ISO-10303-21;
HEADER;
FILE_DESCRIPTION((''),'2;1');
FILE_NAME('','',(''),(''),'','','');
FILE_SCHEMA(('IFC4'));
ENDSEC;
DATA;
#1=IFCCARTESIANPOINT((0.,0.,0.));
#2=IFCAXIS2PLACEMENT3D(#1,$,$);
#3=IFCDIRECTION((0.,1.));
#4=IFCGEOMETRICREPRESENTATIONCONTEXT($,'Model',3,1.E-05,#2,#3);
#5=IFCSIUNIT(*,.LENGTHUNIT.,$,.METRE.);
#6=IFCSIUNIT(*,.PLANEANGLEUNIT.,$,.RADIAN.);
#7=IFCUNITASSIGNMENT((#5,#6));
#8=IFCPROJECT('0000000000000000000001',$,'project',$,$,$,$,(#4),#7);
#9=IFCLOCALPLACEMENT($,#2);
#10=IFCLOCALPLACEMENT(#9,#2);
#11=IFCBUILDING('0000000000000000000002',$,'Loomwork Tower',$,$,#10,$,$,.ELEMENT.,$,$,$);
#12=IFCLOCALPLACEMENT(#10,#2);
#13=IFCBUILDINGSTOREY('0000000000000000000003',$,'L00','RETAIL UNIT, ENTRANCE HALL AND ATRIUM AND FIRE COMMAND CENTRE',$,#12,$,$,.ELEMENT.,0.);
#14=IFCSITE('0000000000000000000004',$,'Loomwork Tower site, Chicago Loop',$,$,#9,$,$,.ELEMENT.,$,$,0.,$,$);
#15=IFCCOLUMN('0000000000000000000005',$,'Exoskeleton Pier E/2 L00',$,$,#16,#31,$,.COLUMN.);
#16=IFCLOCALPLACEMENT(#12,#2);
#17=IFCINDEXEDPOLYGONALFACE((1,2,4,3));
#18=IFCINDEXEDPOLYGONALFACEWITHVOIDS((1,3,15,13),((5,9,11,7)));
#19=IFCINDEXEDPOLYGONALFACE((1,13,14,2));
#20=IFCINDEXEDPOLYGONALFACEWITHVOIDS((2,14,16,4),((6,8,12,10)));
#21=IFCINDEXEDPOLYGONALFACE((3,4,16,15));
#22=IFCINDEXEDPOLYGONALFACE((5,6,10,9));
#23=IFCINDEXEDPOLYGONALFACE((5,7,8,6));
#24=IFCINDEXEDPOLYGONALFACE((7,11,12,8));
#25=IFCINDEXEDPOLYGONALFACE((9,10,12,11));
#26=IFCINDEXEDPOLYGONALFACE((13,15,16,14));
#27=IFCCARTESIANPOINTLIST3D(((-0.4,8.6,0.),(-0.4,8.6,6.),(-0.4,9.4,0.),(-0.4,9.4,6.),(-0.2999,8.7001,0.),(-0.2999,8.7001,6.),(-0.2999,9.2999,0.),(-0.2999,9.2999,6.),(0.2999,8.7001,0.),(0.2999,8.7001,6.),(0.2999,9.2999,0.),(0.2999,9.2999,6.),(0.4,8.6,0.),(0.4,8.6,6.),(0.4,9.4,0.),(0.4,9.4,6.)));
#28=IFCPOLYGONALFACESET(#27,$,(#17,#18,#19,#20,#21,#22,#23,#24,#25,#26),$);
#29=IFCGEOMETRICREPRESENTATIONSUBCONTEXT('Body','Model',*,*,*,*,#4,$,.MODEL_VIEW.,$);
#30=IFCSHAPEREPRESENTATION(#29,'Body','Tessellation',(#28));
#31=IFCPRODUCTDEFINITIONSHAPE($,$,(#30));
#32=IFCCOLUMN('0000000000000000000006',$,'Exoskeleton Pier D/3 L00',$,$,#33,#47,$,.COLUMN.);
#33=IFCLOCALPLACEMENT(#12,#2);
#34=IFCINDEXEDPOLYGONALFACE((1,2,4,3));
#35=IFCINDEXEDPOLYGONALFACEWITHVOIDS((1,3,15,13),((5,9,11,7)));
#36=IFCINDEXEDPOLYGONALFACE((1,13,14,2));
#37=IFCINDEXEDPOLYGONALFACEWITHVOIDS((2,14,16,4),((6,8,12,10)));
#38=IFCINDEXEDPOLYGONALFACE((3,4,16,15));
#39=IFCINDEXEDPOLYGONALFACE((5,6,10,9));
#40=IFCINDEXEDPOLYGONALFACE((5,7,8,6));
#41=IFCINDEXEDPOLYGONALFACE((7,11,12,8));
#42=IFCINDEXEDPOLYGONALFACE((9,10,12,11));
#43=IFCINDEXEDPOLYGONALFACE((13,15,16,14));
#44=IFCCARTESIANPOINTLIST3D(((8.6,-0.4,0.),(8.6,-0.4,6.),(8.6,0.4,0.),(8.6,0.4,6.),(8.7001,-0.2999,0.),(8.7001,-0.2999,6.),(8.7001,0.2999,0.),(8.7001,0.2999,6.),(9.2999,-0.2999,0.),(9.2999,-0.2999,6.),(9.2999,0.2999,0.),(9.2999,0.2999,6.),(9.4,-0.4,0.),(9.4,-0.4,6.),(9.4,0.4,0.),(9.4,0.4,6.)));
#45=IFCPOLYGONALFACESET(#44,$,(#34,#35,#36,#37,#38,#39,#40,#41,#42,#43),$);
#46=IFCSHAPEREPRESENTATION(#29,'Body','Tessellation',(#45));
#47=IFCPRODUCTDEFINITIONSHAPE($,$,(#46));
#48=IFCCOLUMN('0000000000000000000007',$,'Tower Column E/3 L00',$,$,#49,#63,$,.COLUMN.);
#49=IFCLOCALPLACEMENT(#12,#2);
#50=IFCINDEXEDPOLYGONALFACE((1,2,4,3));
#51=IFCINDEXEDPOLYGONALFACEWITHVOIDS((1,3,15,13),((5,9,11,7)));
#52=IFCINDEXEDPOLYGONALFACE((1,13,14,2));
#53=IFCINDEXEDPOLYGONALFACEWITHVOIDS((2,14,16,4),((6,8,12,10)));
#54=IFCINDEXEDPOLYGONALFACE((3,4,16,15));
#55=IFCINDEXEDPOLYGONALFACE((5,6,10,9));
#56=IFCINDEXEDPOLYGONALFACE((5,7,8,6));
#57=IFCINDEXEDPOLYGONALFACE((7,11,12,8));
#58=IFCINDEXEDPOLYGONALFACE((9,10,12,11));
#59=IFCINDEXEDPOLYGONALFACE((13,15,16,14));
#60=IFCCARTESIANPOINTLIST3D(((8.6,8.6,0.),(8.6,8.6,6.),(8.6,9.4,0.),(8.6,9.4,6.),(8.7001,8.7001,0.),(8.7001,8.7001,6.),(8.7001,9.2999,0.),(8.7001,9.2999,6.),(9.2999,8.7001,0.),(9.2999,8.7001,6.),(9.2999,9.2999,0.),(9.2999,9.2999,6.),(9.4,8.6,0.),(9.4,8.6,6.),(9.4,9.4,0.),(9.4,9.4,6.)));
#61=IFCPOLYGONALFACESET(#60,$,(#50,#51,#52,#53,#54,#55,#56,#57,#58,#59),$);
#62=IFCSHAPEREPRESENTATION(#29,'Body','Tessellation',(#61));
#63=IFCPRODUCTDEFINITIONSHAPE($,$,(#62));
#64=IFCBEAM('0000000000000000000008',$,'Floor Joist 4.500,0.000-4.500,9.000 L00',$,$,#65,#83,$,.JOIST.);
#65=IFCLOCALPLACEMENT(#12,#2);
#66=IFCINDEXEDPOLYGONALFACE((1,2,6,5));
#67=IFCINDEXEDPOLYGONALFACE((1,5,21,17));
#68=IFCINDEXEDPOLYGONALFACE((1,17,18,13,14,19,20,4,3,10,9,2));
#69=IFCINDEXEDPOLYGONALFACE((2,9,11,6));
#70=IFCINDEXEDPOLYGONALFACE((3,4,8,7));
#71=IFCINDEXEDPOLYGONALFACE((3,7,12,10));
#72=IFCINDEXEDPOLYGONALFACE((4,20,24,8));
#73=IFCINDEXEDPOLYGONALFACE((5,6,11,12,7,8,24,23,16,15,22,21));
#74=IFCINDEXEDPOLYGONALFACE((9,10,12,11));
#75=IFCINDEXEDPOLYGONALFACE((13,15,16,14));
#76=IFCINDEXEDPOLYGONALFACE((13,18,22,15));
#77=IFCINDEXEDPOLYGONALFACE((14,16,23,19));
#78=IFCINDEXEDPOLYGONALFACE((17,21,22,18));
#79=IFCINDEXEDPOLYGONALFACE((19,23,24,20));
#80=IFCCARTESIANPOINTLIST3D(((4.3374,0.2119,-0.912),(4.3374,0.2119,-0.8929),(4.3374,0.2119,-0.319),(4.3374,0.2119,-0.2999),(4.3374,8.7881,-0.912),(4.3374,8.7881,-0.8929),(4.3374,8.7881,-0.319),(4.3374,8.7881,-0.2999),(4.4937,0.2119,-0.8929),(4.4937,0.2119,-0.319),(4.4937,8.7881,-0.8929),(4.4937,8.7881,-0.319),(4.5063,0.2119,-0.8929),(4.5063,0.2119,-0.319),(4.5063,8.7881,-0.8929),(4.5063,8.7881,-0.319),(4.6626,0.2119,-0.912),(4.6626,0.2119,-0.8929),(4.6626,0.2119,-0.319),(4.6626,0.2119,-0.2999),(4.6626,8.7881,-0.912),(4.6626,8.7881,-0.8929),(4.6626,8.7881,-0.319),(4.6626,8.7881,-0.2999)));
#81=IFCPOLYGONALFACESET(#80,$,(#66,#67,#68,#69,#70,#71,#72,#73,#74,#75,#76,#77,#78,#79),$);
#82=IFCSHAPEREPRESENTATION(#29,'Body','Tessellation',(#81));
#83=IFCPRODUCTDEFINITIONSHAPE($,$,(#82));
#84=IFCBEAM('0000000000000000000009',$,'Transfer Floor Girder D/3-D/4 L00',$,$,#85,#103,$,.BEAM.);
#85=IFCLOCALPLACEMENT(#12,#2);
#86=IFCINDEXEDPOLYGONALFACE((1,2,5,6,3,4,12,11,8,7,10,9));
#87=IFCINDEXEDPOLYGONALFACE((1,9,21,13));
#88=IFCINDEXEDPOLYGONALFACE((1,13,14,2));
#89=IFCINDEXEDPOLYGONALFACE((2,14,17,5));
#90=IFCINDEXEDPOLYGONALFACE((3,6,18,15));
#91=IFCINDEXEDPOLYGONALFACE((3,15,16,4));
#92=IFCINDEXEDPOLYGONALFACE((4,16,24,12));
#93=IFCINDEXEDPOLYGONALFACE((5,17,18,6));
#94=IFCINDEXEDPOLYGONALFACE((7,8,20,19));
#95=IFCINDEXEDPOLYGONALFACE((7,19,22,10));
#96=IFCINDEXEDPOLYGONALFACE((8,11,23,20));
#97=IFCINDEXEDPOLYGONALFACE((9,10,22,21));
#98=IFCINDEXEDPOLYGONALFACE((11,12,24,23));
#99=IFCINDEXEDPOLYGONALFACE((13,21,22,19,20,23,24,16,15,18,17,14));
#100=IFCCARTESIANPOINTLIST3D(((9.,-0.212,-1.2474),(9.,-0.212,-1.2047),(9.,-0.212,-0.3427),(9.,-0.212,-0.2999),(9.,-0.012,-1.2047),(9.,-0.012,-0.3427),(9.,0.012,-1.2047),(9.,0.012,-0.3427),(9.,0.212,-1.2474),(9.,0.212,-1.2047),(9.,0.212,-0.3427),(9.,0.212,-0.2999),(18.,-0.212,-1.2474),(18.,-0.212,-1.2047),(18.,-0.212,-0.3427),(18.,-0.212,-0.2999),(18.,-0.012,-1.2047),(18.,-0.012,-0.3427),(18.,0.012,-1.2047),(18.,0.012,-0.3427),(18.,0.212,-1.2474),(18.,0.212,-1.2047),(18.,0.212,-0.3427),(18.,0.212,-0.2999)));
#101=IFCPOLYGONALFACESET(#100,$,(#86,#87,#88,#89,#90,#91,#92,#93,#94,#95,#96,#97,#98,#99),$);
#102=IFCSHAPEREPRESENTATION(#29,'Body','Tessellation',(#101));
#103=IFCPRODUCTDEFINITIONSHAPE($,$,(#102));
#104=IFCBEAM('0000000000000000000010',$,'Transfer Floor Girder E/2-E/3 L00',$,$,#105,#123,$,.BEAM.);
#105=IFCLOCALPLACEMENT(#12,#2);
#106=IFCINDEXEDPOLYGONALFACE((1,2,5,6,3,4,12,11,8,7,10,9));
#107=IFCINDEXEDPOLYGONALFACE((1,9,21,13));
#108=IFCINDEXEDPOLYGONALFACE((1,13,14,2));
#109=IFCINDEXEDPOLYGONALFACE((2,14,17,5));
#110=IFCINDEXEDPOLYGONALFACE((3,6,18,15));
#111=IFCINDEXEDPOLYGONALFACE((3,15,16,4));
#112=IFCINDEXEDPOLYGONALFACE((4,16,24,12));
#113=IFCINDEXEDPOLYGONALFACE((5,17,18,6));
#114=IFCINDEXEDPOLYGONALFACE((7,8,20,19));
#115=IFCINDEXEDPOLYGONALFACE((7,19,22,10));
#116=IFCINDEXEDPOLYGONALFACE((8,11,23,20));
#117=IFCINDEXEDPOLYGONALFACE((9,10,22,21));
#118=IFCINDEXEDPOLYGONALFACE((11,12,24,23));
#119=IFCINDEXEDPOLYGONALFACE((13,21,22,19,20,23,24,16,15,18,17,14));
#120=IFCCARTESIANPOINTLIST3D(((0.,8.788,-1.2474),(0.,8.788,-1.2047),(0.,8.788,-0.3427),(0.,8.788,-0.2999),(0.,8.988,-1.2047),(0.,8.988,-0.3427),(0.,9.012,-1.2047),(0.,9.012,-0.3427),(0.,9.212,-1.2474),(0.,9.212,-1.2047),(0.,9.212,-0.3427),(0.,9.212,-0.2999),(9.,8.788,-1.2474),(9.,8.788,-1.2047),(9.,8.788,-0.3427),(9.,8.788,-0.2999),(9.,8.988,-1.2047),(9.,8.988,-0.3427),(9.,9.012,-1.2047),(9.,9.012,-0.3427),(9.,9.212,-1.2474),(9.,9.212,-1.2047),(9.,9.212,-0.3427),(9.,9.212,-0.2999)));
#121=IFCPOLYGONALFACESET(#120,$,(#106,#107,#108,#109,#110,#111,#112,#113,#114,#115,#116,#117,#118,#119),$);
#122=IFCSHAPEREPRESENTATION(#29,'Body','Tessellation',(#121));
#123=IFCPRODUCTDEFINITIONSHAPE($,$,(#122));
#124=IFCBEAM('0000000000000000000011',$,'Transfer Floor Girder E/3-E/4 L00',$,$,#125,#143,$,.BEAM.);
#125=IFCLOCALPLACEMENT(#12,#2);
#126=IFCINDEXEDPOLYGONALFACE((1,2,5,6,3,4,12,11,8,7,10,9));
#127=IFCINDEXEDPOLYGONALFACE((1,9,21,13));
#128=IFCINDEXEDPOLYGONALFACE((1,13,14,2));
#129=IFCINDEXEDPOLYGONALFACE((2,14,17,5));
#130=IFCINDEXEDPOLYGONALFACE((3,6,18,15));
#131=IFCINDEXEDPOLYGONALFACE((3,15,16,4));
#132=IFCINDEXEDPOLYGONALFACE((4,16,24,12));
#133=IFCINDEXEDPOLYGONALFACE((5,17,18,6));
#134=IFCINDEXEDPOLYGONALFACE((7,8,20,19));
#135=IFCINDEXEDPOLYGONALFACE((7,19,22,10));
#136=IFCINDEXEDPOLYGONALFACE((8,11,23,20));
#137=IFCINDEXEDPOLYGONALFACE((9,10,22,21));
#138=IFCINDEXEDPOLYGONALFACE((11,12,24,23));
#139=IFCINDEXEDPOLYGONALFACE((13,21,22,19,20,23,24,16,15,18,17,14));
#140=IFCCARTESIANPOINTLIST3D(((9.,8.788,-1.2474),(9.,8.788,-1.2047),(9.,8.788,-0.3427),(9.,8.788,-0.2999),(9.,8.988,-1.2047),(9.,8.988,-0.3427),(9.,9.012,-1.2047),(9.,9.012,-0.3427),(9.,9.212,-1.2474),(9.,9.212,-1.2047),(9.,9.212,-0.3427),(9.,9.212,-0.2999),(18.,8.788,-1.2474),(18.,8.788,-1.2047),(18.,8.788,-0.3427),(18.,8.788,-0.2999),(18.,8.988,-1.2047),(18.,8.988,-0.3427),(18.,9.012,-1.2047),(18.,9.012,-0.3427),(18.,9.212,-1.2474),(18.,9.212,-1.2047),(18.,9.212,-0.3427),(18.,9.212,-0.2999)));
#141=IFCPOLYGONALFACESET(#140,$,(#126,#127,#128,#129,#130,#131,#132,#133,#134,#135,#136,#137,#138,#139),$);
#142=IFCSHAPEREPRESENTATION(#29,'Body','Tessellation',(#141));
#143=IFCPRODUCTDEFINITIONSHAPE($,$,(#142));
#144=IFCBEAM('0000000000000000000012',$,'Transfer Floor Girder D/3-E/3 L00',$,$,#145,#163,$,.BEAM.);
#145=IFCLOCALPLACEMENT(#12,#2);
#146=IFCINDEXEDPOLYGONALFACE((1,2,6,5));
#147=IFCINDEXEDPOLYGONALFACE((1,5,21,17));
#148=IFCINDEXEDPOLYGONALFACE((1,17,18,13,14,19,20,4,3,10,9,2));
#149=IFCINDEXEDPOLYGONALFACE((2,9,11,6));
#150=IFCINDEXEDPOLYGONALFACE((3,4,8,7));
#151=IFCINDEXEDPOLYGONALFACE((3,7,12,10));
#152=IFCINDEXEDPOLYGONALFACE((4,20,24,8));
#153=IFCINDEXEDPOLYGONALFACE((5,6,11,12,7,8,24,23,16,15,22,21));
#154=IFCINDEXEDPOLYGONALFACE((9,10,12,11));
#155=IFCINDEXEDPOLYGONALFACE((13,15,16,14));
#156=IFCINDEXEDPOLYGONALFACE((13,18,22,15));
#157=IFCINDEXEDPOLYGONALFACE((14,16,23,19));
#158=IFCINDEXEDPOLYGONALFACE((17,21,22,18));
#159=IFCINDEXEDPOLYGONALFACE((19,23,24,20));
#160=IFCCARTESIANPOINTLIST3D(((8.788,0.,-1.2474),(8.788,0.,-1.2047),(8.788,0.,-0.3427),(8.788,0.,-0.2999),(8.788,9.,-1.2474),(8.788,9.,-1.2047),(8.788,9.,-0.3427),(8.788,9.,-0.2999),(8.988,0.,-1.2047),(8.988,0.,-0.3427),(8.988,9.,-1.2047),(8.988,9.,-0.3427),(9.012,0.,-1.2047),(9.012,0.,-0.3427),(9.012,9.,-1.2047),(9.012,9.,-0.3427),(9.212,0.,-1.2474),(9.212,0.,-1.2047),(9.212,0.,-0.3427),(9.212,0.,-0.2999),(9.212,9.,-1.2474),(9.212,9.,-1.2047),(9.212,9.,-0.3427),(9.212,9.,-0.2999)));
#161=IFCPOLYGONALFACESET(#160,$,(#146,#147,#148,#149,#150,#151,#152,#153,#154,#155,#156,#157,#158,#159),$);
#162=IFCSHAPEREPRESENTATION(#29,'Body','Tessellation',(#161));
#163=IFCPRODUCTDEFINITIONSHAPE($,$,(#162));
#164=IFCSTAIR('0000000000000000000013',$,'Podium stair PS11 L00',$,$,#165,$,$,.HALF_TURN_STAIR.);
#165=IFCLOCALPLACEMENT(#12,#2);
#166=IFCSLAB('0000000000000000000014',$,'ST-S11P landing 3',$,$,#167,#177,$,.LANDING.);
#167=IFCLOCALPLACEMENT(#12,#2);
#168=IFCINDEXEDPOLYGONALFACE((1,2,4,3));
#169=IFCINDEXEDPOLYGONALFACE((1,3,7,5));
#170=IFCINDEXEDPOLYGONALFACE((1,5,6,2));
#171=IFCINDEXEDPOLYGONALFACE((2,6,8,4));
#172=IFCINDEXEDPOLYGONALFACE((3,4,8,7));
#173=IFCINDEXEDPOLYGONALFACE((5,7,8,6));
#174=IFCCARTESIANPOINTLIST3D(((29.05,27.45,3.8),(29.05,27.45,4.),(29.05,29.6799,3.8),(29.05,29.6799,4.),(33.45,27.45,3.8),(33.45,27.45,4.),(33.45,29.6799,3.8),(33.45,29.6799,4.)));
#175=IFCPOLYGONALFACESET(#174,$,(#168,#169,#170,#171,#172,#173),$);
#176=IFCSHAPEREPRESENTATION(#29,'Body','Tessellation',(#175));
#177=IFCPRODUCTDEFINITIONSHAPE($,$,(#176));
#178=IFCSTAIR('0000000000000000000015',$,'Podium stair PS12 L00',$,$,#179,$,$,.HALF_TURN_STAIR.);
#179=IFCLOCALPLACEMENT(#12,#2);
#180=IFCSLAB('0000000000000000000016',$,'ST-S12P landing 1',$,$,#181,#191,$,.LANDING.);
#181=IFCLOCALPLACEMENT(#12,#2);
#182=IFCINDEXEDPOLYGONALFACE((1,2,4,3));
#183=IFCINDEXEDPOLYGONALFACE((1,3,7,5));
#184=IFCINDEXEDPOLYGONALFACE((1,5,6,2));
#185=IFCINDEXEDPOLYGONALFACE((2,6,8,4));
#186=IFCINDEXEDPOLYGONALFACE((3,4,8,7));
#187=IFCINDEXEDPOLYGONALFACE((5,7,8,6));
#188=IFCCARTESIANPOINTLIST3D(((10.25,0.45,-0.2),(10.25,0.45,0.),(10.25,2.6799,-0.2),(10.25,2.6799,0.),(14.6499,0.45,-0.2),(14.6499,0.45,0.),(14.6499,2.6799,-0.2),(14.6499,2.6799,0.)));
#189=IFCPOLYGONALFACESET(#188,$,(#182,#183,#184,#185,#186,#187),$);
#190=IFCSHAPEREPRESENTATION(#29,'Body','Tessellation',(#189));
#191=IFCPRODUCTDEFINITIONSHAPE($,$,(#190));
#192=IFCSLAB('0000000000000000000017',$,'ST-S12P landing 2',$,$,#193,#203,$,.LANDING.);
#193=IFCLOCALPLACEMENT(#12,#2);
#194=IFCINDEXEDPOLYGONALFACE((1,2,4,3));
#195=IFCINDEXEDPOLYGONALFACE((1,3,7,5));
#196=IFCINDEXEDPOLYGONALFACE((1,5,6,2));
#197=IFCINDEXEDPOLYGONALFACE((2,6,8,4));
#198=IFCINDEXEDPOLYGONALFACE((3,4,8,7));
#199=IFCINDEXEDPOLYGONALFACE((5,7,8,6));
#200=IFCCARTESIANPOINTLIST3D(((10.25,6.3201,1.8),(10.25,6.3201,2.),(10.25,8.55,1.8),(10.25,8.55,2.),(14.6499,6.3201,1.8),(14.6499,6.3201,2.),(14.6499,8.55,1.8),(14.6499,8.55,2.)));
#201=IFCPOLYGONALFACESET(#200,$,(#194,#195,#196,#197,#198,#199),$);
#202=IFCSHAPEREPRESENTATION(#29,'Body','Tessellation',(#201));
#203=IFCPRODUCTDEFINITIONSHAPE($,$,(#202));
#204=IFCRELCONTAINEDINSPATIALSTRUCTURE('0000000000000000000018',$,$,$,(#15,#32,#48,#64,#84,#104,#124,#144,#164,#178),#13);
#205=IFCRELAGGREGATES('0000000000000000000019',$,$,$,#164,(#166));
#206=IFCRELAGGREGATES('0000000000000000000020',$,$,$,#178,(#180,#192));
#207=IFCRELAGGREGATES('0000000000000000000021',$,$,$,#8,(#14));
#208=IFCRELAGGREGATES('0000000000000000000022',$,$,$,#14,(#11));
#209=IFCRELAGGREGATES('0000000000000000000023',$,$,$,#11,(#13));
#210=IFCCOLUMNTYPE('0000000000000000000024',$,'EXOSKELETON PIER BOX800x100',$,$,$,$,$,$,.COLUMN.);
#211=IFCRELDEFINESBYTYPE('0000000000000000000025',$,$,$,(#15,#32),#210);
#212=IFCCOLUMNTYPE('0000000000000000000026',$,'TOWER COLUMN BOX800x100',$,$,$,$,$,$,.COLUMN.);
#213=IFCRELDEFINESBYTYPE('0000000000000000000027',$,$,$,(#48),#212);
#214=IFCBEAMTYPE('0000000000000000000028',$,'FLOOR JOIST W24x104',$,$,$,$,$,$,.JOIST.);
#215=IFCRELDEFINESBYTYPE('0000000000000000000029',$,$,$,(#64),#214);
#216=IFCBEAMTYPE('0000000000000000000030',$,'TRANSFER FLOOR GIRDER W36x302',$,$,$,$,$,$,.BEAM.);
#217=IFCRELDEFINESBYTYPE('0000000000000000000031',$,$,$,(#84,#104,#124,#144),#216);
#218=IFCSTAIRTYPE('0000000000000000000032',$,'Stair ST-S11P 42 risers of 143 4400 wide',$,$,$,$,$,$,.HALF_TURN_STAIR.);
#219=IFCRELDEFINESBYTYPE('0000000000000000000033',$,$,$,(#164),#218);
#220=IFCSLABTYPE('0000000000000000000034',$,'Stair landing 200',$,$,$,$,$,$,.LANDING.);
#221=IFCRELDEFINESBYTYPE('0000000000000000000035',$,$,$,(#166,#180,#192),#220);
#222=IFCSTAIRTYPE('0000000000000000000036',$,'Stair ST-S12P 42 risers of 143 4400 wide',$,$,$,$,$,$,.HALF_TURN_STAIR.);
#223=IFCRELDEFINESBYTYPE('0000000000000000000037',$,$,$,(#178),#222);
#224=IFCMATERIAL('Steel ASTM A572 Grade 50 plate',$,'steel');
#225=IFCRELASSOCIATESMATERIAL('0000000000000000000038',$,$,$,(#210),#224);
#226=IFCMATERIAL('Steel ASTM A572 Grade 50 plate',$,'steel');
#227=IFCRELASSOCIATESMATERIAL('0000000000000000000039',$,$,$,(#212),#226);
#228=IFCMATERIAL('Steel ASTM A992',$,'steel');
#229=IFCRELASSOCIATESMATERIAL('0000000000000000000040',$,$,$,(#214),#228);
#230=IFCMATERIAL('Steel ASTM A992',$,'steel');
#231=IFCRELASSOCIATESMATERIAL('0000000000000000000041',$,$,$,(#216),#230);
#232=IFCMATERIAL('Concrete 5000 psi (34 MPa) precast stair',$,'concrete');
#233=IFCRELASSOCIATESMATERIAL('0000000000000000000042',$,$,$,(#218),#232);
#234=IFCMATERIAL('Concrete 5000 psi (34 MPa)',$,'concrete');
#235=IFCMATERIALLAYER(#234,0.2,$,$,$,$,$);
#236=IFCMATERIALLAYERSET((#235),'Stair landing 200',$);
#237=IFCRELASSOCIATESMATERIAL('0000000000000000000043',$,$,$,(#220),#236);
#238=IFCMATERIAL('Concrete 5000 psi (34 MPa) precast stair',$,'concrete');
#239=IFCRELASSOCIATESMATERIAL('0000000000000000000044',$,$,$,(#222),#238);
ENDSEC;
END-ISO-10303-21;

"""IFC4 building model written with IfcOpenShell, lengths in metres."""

from ifc_helpers import new_model, si_unit, direction, frame, origin, origin_2d, place, context, subcontext, project, spatial, polyline, hollow_rectangle, i_section, outline, extrude, material, layer, layer_set, material_profile, profile_set, type_object, element, aggregate, save


model = new_model("IFC4")

# Units and contexts
model_context = context("Model", 3, precision=1e-05, world=origin(), true_north=direction((0.0, 1.0)))
body_context = subcontext(model_context, "Body", "Model", "MODEL_VIEW")
ifc_project = project(units=[si_unit("LENGTHUNIT", "METRE"), si_unit("PLANEANGLEUNIT", "RADIAN")], contexts=[model_context])

# Site, building, storey
site_placement = place(None, origin())
site = spatial("IfcSite", under=ifc_project, at=site_placement, Name="Loomwork Tower site, Chicago Loop", CompositionType="ELEMENT", RefElevation=0.0)
building_placement = place(site_placement, origin())
building = spatial("IfcBuilding", under=site, at=building_placement, Name="Loomwork Tower", CompositionType="ELEMENT")
storey_placement = place(building_placement, origin())
storey = spatial("IfcBuildingStorey", under=building, at=storey_placement, Name="L00", Description="RETAIL UNIT, ENTRANCE HALL AND ATRIUM AND FIRE COMMAND CENTRE", CompositionType="ELEMENT", Elevation=0.0)

# Columns
ifc_material_1 = material(Name="Steel ASTM A572 Grade 50 plate", Category="steel")
ifc_material_profile_1 = material_profile(ifc_material_1, hollow_rectangle(XDim=0.8, YDim=0.8, WallThickness=0.1001, at=origin_2d()), Name="BOX800x100")
ifc_profile_set_1 = profile_set([ifc_material_profile_1], Name="Steel ASTM A572 Grade 50 plate")
column_type_1 = type_object("IfcColumnType", Name="EXOSKELETON PIER BOX800x100", PredefinedType="COLUMN", material=ifc_profile_set_1)
for number, where, z_axis, x_axis, name in (
    (1, (0.0, 9.0, 0.0), (0.0, 0.0, 1.0), (0.0, 1.0, 0.0), "Exoskeleton Pier E/2 L00"),
    (2, (9.0, 0.0, 0.0), (0.0, 0.0, 1.0), (1.0, 0.0, 0.0), "Exoskeleton Pier D/3 L00"),
):
    element("IfcColumn", number, at=place(storey_placement, frame(where, z_axis=z_axis, x_axis=x_axis)), inside=storey, type_object=column_type_1, Name=name, PredefinedType="COLUMN", context=body_context, shape_type="SweptSolid", body=[
        extrude(hollow_rectangle(XDim=0.8, YDim=0.8, WallThickness=0.1001, at=origin_2d()), origin(), (0.0, 0.0, 1.0), 6.0),
    ])
ifc_material_2 = material(Name="Steel ASTM A572 Grade 50 plate", Category="steel")
ifc_material_profile_2 = material_profile(ifc_material_2, hollow_rectangle(XDim=0.8, YDim=0.8, WallThickness=0.1001, at=origin_2d()), Name="BOX800x100")
ifc_profile_set_2 = profile_set([ifc_material_profile_2], Name="Steel ASTM A572 Grade 50 plate")
column_type_2 = type_object("IfcColumnType", Name="TOWER COLUMN BOX800x100", PredefinedType="COLUMN", material=ifc_profile_set_2)
column_placement = place(storey_placement, frame((9.0, 9.0, 0.0), z_axis=(0.0, 0.0, 1.0), x_axis=(1.0, 0.0, 0.0)))
element("IfcColumn", 3, at=column_placement, inside=storey, type_object=column_type_2, Name="Tower Column E/3 L00", PredefinedType="COLUMN", context=body_context, shape_type="SweptSolid", body=[
    extrude(hollow_rectangle(XDim=0.8, YDim=0.8, WallThickness=0.1001, at=origin_2d()), origin(), (0.0, 0.0, 1.0), 6.0),
])

# Beams
ifc_material_3 = material(Name="Steel ASTM A992", Category="steel")
ifc_material_profile_3 = material_profile(ifc_material_3, i_section(OverallWidth=0.3252, OverallDepth=0.6121, WebThickness=0.0127, FlangeThickness=0.019, at=origin_2d()), Name="W24x104")
ifc_profile_set_3 = profile_set([ifc_material_profile_3], Name="Steel ASTM A992")
beam_type_1 = type_object("IfcBeamType", Name="FLOOR JOIST W24x104", PredefinedType="JOIST", material=ifc_profile_set_3)
beam_placement = place(storey_placement, frame((4.5, 0.2119, -0.606), z_axis=(0.0, 1.0, 0.0), x_axis=(-1.0, 0.0, 0.0)))
element("IfcBeam", 4, at=beam_placement, inside=storey, type_object=beam_type_1, Name="Floor Joist 4.500,0.000-4.500,9.000 L00", PredefinedType="JOIST", context=body_context, shape_type="SweptSolid", body=[
    extrude(i_section(OverallWidth=0.3252, OverallDepth=0.6121, WebThickness=0.0127, FlangeThickness=0.019, at=origin_2d()), origin(), (0.0, 0.0, 1.0), 8.5762),
])
ifc_material_4 = material(Name="Steel ASTM A992", Category="steel")
ifc_material_profile_4 = material_profile(ifc_material_4, i_section(OverallWidth=0.4241, OverallDepth=0.9475, WebThickness=0.0239, FlangeThickness=0.0427, at=origin_2d()), Name="W36x302")
ifc_profile_set_4 = profile_set([ifc_material_profile_4], Name="Steel ASTM A992")
beam_type_2 = type_object("IfcBeamType", Name="TRANSFER FLOOR GIRDER W36x302", PredefinedType="BEAM", material=ifc_profile_set_4)
for number, where, z_axis, x_axis, name in (
    (5, (9.0, 0.0, -0.7737), (1.0, 0.0, 0.0), (0.0, 1.0, 0.0), "Transfer Floor Girder D/3-D/4 L00"),
    (6, (0.0, 9.0, -0.7737), (1.0, 0.0, 0.0), (0.0, 1.0, 0.0), "Transfer Floor Girder E/2-E/3 L00"),
    (7, (9.0, 9.0, -0.7737), (1.0, 0.0, 0.0), (0.0, 1.0, 0.0), "Transfer Floor Girder E/3-E/4 L00"),
    (8, (9.0, 0.0, -0.7737), (0.0, 1.0, 0.0), (-1.0, 0.0, 0.0), "Transfer Floor Girder D/3-E/3 L00"),
):
    element("IfcBeam", number, at=place(storey_placement, frame(where, z_axis=z_axis, x_axis=x_axis)), inside=storey, type_object=beam_type_2, Name=name, PredefinedType="BEAM", context=body_context, shape_type="SweptSolid", body=[
        extrude(i_section(OverallWidth=0.4241, OverallDepth=0.9475, WebThickness=0.0239, FlangeThickness=0.0427, at=origin_2d()), origin(), (0.0, 0.0, 1.0), 9.0),
    ])

# Stair, slab
ifc_material_5 = material(Name="Concrete 5000 psi (34 MPa) precast stair", Category="concrete")
stair_type_1 = type_object("IfcStairType", Name="Stair ST-S11P 42 risers of 143 4400 wide", PredefinedType="HALF_TURN_STAIR", material=ifc_material_5)
stair_1_placement = place(storey_placement, origin())
stair_1 = element("IfcStair", 9, at=stair_1_placement, inside=storey, type_object=stair_type_1, Name="Podium stair PS11 L00", PredefinedType="HALF_TURN_STAIR")
ifc_material_6 = material(Name="Concrete 5000 psi (34 MPa)", Category="concrete")
ifc_layer_1 = layer(ifc_material_6, 0.2)
ifc_layer_set_1 = layer_set([ifc_layer_1], Name="Stair landing 200")
slab_type = type_object("IfcSlabType", Name="Stair landing 200", PredefinedType="LANDING", material=ifc_layer_set_1)
slab_1_placement = place(storey_placement, frame((0.0, 0.0, 3.8)))
slab_1 = element("IfcSlab", 10, at=slab_1_placement, type_object=slab_type, Name="ST-S11P landing 3", PredefinedType="LANDING", context=body_context, shape_type="SweptSolid", body=[
    extrude(outline(polyline([(29.05, 27.45), (33.45, 27.45), (33.45, 29.6799), (29.05, 29.6799), (29.05, 27.45)])), origin(), (0.0, 0.0, 1.0), 0.2),
])
aggregate(stair_1, [slab_1])

# Stair, slabs
ifc_material_7 = material(Name="Concrete 5000 psi (34 MPa) precast stair", Category="concrete")
stair_type_2 = type_object("IfcStairType", Name="Stair ST-S12P 42 risers of 143 4400 wide", PredefinedType="HALF_TURN_STAIR", material=ifc_material_7)
stair_2_placement = place(storey_placement, origin())
stair_2 = element("IfcStair", 11, at=stair_2_placement, inside=storey, type_object=stair_type_2, Name="Podium stair PS12 L00", PredefinedType="HALF_TURN_STAIR")
slab_2_placement = place(storey_placement, frame((0.0, 0.0, -0.2)))
slab_2 = element("IfcSlab", 12, at=slab_2_placement, type_object=slab_type, Name="ST-S12P landing 1", PredefinedType="LANDING", context=body_context, shape_type="SweptSolid", body=[
    extrude(outline(polyline([(10.25, 0.45), (14.6499, 0.45), (14.6499, 2.6799), (10.25, 2.6799), (10.25, 0.45)])), origin(), (0.0, 0.0, 1.0), 0.2),
])
slab_3_placement = place(storey_placement, frame((0.0, 0.0, 1.8)))
slab_3 = element("IfcSlab", 13, at=slab_3_placement, type_object=slab_type, Name="ST-S12P landing 2", PredefinedType="LANDING", context=body_context, shape_type="SweptSolid", body=[
    extrude(outline(polyline([(10.25, 6.3201), (14.6499, 6.3201), (14.6499, 8.55), (10.25, 8.55), (10.25, 6.3201)])), origin(), (0.0, 0.0, 1.0), 0.2),
])

aggregate(stair_2, [slab_2, slab_3])

save(model, "model.ifc")
